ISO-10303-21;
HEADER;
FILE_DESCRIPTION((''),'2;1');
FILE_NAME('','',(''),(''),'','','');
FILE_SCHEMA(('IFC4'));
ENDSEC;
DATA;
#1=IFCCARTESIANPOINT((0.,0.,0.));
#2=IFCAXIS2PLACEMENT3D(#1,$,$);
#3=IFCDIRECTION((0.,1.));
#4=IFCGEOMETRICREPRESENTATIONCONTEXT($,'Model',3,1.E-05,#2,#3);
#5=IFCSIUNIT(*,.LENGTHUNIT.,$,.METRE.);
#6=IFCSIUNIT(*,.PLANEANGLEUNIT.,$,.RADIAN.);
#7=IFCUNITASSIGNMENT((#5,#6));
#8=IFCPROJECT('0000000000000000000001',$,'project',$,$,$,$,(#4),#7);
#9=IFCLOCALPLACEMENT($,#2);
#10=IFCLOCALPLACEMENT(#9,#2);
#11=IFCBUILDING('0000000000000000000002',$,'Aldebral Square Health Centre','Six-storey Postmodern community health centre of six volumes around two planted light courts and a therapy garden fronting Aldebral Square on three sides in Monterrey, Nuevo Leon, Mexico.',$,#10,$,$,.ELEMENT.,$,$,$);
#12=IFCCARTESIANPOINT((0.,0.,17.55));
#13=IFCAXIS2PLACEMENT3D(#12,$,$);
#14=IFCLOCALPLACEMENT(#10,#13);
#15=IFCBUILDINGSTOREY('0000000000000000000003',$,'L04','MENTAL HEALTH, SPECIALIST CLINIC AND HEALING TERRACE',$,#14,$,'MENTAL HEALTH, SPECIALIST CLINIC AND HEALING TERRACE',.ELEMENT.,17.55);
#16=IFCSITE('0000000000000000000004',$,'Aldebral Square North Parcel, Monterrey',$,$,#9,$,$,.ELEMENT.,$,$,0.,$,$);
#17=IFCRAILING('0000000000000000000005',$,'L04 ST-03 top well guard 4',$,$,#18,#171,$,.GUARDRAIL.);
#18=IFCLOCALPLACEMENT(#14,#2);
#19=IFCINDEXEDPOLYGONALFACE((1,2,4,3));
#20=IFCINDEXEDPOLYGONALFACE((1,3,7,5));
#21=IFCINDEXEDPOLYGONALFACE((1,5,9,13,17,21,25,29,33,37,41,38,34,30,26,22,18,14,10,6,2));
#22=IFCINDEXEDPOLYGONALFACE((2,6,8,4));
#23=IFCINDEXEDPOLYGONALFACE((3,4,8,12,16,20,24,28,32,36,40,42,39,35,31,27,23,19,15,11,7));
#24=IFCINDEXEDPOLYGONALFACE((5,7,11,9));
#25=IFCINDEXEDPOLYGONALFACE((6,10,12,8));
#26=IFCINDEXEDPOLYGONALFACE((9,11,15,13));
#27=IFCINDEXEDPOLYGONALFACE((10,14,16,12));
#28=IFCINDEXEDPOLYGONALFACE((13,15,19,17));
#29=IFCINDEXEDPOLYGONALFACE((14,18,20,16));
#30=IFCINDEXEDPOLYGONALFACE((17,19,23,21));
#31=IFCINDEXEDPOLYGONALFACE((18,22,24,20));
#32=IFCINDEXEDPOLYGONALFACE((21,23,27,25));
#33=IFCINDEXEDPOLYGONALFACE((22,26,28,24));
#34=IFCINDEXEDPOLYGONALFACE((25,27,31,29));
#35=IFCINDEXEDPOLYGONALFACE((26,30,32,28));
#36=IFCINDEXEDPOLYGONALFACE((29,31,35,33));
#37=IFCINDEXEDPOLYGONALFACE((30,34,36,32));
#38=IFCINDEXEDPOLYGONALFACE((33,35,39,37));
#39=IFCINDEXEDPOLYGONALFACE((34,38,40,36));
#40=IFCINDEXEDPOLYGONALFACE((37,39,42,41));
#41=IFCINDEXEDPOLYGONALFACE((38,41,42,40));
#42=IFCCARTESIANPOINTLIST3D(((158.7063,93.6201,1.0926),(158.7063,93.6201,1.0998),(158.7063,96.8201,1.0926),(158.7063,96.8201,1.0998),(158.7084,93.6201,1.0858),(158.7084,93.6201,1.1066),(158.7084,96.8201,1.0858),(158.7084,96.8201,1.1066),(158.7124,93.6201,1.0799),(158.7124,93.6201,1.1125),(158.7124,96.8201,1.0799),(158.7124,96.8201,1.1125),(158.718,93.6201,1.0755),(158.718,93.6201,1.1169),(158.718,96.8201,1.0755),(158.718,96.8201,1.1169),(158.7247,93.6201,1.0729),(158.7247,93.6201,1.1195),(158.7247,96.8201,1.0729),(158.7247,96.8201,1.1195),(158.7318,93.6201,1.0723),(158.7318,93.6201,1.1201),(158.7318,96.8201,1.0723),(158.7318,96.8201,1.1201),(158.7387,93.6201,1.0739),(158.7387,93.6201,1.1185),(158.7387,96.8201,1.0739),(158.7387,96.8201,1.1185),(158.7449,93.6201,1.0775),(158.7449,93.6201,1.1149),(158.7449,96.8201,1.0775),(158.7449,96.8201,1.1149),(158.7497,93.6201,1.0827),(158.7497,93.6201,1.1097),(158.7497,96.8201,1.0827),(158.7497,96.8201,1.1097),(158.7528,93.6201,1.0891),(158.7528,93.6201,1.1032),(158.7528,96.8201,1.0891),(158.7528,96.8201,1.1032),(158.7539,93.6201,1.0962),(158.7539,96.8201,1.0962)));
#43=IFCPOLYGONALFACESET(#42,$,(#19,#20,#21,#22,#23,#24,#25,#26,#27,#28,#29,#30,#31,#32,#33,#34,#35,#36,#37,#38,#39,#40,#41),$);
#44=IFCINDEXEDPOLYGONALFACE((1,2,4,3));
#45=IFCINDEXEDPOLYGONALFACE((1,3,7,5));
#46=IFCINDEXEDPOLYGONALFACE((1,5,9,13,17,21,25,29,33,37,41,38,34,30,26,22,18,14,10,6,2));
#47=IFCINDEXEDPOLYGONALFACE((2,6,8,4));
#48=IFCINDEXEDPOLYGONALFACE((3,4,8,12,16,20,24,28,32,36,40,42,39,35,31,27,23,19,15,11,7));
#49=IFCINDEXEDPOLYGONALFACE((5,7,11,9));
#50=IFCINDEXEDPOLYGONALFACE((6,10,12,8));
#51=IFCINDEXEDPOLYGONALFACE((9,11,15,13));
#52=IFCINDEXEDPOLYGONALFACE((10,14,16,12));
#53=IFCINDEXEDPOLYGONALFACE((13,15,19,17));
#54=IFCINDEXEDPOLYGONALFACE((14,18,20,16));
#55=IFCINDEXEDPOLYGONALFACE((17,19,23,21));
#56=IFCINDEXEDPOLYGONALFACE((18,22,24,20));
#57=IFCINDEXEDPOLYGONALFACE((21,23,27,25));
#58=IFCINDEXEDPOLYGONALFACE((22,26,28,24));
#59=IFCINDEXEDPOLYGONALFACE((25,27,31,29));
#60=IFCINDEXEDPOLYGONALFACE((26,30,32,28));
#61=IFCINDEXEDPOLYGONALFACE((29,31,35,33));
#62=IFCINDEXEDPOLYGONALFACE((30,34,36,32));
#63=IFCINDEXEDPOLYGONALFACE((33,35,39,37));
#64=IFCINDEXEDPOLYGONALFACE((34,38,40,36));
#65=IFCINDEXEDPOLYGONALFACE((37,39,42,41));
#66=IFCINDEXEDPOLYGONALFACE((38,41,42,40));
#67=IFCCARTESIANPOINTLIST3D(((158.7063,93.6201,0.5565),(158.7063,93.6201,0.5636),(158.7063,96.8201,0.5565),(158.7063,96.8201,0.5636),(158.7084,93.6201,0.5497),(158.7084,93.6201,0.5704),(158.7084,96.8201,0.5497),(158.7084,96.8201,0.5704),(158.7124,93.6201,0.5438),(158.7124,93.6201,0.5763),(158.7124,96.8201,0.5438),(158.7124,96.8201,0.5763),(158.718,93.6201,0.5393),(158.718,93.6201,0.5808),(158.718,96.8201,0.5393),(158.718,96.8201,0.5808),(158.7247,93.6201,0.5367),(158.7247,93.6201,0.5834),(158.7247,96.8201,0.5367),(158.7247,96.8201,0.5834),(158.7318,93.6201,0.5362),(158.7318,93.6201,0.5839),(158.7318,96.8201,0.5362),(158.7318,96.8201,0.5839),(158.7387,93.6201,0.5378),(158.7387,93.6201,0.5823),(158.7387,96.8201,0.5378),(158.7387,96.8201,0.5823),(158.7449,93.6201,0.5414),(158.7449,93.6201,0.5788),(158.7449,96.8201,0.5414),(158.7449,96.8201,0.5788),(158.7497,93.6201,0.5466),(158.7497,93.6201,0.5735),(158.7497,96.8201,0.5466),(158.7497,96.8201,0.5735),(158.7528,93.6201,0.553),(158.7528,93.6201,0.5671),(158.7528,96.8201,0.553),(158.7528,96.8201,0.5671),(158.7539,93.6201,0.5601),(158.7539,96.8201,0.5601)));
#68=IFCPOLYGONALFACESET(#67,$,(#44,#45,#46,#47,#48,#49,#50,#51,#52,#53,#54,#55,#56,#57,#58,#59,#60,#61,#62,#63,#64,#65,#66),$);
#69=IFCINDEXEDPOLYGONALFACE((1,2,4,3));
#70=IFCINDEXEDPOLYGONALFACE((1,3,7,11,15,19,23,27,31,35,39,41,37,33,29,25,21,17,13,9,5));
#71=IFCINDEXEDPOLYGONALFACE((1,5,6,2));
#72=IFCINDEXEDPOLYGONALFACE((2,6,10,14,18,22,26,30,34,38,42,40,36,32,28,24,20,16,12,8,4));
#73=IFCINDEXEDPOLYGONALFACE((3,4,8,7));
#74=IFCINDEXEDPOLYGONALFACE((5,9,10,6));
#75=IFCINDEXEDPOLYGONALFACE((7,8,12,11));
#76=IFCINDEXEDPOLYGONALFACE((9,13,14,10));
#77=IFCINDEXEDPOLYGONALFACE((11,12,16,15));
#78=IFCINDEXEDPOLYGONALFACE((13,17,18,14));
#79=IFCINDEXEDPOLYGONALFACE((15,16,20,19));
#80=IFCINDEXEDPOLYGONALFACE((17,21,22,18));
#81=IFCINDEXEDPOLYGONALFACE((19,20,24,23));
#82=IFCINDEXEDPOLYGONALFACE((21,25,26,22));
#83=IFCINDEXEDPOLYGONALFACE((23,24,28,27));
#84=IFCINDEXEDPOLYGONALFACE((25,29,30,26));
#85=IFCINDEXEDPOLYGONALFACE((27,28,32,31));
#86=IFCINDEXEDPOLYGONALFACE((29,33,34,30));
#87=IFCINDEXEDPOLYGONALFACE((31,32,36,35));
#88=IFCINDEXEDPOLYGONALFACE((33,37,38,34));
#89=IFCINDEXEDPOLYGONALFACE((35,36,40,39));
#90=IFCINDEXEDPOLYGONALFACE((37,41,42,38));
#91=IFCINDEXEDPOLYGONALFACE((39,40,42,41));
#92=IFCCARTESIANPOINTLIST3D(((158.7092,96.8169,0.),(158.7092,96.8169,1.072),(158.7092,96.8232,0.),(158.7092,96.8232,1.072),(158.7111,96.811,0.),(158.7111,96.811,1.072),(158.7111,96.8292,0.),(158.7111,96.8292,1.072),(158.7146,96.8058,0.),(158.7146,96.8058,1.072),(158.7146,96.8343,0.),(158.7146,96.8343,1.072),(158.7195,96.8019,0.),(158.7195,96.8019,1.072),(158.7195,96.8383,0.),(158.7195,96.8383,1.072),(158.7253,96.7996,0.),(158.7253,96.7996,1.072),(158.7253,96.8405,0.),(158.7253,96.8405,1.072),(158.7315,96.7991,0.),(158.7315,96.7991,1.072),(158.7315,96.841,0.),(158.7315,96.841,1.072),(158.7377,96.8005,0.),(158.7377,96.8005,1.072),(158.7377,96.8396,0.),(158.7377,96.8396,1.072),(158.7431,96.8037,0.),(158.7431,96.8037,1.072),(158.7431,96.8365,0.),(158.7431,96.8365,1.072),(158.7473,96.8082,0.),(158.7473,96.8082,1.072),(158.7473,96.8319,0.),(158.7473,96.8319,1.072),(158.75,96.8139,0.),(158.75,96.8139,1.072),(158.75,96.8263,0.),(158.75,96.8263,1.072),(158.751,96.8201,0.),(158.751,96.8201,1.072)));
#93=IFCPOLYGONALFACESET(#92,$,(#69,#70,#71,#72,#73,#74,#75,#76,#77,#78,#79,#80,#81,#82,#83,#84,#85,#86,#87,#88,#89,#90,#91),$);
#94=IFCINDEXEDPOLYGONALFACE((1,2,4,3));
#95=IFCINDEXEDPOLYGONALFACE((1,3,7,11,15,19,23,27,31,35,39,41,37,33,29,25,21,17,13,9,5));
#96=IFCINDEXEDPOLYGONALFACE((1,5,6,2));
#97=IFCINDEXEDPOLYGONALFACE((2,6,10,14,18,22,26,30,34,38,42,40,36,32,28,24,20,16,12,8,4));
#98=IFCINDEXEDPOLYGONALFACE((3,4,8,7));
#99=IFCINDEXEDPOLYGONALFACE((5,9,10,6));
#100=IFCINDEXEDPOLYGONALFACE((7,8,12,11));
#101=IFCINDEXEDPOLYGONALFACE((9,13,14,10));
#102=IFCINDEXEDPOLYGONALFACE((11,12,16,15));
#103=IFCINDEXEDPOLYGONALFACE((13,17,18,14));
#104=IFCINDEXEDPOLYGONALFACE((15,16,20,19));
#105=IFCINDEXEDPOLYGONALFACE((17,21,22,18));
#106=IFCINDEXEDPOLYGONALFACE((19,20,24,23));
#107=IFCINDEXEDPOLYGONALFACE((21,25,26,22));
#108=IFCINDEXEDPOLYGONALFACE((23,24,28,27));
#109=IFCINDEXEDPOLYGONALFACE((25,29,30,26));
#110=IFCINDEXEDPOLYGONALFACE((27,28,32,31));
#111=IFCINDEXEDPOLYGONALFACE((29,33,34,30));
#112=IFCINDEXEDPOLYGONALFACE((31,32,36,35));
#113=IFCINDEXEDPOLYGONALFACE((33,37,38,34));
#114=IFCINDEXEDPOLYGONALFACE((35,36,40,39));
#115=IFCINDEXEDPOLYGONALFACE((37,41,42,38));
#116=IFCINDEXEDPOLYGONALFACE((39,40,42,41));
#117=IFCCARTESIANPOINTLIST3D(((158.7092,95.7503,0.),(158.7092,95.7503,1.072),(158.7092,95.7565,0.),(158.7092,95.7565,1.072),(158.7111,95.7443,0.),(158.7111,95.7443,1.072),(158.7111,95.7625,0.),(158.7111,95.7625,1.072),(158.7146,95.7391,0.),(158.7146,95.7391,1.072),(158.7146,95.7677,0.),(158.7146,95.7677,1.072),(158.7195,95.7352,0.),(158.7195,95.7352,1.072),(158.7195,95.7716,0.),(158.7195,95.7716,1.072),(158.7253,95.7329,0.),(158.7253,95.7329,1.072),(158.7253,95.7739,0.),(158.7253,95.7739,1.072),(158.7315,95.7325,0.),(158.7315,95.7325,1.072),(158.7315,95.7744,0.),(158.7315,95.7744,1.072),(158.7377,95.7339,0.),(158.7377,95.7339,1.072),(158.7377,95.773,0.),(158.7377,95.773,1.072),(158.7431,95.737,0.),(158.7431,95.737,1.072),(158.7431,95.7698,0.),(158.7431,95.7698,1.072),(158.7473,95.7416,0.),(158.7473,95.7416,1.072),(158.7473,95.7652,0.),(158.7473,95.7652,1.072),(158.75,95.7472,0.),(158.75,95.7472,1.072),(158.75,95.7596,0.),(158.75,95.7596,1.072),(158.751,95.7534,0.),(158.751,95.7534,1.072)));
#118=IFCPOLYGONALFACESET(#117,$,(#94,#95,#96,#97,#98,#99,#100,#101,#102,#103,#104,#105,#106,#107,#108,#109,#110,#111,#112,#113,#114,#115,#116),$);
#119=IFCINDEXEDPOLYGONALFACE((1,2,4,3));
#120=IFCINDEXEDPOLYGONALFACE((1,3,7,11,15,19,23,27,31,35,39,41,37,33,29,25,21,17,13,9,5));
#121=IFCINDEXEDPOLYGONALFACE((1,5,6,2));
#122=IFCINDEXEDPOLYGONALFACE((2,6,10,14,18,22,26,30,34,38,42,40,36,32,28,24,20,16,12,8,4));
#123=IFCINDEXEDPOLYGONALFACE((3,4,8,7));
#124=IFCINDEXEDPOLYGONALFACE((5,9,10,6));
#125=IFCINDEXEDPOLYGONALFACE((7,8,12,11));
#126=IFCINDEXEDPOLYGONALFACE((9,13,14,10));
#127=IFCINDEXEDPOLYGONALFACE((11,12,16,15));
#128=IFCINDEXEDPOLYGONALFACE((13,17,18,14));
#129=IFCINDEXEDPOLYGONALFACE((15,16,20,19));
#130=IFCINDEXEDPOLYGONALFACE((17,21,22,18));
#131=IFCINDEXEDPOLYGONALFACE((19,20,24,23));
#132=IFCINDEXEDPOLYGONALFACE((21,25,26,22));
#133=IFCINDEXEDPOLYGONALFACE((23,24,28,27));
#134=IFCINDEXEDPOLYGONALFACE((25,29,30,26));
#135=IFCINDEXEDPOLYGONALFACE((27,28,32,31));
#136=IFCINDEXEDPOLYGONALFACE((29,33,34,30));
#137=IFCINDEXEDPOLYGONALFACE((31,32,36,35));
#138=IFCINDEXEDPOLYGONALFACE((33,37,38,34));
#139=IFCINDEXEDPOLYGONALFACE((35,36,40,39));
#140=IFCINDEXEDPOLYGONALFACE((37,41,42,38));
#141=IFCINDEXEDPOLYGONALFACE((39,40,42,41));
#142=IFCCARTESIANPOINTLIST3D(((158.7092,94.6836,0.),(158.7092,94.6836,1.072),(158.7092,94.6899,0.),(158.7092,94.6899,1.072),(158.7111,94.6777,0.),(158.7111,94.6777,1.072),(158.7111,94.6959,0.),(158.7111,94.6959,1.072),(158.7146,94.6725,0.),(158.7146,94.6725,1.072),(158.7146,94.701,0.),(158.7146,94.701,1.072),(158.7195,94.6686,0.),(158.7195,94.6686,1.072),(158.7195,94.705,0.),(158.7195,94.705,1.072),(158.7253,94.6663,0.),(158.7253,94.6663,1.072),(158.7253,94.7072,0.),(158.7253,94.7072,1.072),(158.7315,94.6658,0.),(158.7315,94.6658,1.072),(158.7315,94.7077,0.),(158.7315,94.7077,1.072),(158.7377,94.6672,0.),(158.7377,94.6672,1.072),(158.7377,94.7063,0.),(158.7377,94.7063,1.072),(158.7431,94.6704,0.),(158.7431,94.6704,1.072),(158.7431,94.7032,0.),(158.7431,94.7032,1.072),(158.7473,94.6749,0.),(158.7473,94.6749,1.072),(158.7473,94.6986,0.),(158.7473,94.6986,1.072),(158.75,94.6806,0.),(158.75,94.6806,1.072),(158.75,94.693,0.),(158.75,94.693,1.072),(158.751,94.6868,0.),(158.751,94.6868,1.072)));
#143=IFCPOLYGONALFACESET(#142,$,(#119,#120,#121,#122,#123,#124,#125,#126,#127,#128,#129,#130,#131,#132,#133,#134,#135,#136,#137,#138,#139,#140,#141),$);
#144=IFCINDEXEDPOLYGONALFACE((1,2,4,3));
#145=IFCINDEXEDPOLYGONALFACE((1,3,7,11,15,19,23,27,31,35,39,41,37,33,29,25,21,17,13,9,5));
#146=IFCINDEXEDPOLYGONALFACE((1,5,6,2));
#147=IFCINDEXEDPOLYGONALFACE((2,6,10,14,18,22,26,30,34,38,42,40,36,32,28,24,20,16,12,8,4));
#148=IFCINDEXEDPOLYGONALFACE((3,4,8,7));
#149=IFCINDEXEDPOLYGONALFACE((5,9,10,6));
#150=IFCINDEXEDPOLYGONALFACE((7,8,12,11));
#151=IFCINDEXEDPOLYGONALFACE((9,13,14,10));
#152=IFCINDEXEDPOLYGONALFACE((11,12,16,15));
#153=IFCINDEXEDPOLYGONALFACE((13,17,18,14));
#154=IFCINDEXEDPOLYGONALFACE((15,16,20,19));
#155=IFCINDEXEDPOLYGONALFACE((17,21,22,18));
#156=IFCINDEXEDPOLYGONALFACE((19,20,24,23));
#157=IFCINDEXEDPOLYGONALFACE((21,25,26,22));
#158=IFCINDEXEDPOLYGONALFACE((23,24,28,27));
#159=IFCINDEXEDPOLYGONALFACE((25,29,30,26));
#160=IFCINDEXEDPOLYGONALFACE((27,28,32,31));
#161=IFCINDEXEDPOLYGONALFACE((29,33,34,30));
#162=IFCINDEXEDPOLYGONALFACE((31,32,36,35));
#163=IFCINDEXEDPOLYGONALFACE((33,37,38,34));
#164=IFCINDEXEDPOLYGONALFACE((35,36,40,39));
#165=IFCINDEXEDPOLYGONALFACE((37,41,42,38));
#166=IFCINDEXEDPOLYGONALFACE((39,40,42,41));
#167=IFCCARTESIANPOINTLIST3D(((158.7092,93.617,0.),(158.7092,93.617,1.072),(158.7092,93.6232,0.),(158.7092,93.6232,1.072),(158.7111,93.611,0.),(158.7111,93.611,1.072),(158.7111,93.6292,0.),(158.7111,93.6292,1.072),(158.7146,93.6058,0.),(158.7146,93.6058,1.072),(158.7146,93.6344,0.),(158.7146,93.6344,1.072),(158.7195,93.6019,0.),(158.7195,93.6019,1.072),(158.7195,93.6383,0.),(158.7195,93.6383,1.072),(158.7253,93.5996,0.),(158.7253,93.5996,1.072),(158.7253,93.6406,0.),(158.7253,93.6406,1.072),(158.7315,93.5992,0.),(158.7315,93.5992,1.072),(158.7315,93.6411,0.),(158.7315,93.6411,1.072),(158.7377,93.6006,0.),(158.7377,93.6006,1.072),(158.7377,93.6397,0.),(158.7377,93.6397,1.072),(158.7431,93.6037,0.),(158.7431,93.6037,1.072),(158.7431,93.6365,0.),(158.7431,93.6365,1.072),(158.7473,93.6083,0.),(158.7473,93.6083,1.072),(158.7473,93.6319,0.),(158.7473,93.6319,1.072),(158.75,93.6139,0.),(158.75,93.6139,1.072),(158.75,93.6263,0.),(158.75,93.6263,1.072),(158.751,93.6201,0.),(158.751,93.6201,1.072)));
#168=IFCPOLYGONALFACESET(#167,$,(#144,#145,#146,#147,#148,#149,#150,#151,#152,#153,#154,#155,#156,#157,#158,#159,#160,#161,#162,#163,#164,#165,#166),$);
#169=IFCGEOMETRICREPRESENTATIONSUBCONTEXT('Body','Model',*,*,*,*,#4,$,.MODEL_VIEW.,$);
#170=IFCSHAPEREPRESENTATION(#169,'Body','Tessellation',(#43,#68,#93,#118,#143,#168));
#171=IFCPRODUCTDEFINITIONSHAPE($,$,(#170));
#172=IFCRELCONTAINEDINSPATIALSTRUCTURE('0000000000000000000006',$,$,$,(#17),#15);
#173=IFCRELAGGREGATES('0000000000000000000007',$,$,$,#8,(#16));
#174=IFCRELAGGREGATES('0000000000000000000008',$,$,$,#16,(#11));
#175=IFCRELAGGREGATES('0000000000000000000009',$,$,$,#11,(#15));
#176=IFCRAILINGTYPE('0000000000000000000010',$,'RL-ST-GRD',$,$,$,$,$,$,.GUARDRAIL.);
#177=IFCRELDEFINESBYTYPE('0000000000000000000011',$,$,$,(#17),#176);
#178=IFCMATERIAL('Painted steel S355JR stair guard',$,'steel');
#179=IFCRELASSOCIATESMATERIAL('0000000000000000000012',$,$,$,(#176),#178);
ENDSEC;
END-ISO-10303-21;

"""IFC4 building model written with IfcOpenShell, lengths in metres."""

from ifc_helpers import new_model, si_unit, direction, frame, origin, origin_2d, place, context, subcontext, project, spatial, circle, extrude, material, type_object, element, save


model = new_model("IFC4")

# Units and contexts
model_context = context("Model", 3, precision=1e-05, world=origin(), true_north=direction((0.0, 1.0)))
body_context = subcontext(model_context, "Body", "Model", "MODEL_VIEW")
ifc_project = project(units=[si_unit("LENGTHUNIT", "METRE"), si_unit("PLANEANGLEUNIT", "RADIAN")], contexts=[model_context])

# Site, building, storey
site_placement = place(None, origin())
site = spatial("IfcSite", under=ifc_project, at=site_placement, Name="Aldebral Square North Parcel, Monterrey", CompositionType="ELEMENT", RefElevation=0.0)
building_placement = place(site_placement, origin())
building = spatial("IfcBuilding", under=site, at=building_placement, Name="Aldebral Square Health Centre", Description="Six-storey Postmodern community health centre of six volumes around two planted light courts and a therapy garden fronting Aldebral Square on three sides in Monterrey, Nuevo Leon, Mexico.", CompositionType="ELEMENT")
storey_placement = place(building_placement, frame((0.0, 0.0, 17.55)))
storey = spatial("IfcBuildingStorey", under=building, at=storey_placement, Name="L04", Description="MENTAL HEALTH, SPECIALIST CLINIC AND HEALING TERRACE", LongName="MENTAL HEALTH, SPECIALIST CLINIC AND HEALING TERRACE", CompositionType="ELEMENT", Elevation=17.55)

# Railing
ifc_material_1 = material(Name="Painted steel S355JR stair guard", Category="steel")
railing_type = type_object("IfcRailingType", Name="RL-ST-GRD", PredefinedType="GUARDRAIL", material=ifc_material_1)
railing_1_placement = place(storey_placement, frame((158.73, 96.8201, 0.0)))
element("IfcRailing", 1, at=railing_1_placement, inside=storey, type_object=railing_type, Name="L04 ST-03 top well guard 4", PredefinedType="GUARDRAIL", context=body_context, shape_type="SweptSolid", body=[
    extrude(circle(Radius=0.0239, at=origin_2d()), frame((0.0, 0.0, 1.0962), z_axis=(0.0, -1.0, 0.0), x_axis=(1.0, 0.0, 0.0)), (0.0, 0.0, 1.0), 3.2),
    extrude(circle(Radius=0.0239, at=origin_2d()), frame((0.0, 0.0, 0.5601), z_axis=(0.0, -1.0, 0.0), x_axis=(1.0, 0.0, 0.0)), (0.0, 0.0, 1.0), 3.2),
    extrude(circle(Radius=0.021, at=origin_2d()), origin(), (0.0, 0.0, 1.0), 1.072),
    extrude(circle(Radius=0.021, at=origin_2d()), frame((0.0, -1.0667, 0.0)), (0.0, 0.0, 1.0), 1.072),
    extrude(circle(Radius=0.021, at=origin_2d()), frame((0.0, -2.1333, 0.0)), (0.0, 0.0, 1.0), 1.072),
    extrude(circle(Radius=0.021, at=origin_2d()), frame((0.0, -3.2, 0.0)), (0.0, 0.0, 1.0), 1.072),
])

save(model, "model.ifc")
